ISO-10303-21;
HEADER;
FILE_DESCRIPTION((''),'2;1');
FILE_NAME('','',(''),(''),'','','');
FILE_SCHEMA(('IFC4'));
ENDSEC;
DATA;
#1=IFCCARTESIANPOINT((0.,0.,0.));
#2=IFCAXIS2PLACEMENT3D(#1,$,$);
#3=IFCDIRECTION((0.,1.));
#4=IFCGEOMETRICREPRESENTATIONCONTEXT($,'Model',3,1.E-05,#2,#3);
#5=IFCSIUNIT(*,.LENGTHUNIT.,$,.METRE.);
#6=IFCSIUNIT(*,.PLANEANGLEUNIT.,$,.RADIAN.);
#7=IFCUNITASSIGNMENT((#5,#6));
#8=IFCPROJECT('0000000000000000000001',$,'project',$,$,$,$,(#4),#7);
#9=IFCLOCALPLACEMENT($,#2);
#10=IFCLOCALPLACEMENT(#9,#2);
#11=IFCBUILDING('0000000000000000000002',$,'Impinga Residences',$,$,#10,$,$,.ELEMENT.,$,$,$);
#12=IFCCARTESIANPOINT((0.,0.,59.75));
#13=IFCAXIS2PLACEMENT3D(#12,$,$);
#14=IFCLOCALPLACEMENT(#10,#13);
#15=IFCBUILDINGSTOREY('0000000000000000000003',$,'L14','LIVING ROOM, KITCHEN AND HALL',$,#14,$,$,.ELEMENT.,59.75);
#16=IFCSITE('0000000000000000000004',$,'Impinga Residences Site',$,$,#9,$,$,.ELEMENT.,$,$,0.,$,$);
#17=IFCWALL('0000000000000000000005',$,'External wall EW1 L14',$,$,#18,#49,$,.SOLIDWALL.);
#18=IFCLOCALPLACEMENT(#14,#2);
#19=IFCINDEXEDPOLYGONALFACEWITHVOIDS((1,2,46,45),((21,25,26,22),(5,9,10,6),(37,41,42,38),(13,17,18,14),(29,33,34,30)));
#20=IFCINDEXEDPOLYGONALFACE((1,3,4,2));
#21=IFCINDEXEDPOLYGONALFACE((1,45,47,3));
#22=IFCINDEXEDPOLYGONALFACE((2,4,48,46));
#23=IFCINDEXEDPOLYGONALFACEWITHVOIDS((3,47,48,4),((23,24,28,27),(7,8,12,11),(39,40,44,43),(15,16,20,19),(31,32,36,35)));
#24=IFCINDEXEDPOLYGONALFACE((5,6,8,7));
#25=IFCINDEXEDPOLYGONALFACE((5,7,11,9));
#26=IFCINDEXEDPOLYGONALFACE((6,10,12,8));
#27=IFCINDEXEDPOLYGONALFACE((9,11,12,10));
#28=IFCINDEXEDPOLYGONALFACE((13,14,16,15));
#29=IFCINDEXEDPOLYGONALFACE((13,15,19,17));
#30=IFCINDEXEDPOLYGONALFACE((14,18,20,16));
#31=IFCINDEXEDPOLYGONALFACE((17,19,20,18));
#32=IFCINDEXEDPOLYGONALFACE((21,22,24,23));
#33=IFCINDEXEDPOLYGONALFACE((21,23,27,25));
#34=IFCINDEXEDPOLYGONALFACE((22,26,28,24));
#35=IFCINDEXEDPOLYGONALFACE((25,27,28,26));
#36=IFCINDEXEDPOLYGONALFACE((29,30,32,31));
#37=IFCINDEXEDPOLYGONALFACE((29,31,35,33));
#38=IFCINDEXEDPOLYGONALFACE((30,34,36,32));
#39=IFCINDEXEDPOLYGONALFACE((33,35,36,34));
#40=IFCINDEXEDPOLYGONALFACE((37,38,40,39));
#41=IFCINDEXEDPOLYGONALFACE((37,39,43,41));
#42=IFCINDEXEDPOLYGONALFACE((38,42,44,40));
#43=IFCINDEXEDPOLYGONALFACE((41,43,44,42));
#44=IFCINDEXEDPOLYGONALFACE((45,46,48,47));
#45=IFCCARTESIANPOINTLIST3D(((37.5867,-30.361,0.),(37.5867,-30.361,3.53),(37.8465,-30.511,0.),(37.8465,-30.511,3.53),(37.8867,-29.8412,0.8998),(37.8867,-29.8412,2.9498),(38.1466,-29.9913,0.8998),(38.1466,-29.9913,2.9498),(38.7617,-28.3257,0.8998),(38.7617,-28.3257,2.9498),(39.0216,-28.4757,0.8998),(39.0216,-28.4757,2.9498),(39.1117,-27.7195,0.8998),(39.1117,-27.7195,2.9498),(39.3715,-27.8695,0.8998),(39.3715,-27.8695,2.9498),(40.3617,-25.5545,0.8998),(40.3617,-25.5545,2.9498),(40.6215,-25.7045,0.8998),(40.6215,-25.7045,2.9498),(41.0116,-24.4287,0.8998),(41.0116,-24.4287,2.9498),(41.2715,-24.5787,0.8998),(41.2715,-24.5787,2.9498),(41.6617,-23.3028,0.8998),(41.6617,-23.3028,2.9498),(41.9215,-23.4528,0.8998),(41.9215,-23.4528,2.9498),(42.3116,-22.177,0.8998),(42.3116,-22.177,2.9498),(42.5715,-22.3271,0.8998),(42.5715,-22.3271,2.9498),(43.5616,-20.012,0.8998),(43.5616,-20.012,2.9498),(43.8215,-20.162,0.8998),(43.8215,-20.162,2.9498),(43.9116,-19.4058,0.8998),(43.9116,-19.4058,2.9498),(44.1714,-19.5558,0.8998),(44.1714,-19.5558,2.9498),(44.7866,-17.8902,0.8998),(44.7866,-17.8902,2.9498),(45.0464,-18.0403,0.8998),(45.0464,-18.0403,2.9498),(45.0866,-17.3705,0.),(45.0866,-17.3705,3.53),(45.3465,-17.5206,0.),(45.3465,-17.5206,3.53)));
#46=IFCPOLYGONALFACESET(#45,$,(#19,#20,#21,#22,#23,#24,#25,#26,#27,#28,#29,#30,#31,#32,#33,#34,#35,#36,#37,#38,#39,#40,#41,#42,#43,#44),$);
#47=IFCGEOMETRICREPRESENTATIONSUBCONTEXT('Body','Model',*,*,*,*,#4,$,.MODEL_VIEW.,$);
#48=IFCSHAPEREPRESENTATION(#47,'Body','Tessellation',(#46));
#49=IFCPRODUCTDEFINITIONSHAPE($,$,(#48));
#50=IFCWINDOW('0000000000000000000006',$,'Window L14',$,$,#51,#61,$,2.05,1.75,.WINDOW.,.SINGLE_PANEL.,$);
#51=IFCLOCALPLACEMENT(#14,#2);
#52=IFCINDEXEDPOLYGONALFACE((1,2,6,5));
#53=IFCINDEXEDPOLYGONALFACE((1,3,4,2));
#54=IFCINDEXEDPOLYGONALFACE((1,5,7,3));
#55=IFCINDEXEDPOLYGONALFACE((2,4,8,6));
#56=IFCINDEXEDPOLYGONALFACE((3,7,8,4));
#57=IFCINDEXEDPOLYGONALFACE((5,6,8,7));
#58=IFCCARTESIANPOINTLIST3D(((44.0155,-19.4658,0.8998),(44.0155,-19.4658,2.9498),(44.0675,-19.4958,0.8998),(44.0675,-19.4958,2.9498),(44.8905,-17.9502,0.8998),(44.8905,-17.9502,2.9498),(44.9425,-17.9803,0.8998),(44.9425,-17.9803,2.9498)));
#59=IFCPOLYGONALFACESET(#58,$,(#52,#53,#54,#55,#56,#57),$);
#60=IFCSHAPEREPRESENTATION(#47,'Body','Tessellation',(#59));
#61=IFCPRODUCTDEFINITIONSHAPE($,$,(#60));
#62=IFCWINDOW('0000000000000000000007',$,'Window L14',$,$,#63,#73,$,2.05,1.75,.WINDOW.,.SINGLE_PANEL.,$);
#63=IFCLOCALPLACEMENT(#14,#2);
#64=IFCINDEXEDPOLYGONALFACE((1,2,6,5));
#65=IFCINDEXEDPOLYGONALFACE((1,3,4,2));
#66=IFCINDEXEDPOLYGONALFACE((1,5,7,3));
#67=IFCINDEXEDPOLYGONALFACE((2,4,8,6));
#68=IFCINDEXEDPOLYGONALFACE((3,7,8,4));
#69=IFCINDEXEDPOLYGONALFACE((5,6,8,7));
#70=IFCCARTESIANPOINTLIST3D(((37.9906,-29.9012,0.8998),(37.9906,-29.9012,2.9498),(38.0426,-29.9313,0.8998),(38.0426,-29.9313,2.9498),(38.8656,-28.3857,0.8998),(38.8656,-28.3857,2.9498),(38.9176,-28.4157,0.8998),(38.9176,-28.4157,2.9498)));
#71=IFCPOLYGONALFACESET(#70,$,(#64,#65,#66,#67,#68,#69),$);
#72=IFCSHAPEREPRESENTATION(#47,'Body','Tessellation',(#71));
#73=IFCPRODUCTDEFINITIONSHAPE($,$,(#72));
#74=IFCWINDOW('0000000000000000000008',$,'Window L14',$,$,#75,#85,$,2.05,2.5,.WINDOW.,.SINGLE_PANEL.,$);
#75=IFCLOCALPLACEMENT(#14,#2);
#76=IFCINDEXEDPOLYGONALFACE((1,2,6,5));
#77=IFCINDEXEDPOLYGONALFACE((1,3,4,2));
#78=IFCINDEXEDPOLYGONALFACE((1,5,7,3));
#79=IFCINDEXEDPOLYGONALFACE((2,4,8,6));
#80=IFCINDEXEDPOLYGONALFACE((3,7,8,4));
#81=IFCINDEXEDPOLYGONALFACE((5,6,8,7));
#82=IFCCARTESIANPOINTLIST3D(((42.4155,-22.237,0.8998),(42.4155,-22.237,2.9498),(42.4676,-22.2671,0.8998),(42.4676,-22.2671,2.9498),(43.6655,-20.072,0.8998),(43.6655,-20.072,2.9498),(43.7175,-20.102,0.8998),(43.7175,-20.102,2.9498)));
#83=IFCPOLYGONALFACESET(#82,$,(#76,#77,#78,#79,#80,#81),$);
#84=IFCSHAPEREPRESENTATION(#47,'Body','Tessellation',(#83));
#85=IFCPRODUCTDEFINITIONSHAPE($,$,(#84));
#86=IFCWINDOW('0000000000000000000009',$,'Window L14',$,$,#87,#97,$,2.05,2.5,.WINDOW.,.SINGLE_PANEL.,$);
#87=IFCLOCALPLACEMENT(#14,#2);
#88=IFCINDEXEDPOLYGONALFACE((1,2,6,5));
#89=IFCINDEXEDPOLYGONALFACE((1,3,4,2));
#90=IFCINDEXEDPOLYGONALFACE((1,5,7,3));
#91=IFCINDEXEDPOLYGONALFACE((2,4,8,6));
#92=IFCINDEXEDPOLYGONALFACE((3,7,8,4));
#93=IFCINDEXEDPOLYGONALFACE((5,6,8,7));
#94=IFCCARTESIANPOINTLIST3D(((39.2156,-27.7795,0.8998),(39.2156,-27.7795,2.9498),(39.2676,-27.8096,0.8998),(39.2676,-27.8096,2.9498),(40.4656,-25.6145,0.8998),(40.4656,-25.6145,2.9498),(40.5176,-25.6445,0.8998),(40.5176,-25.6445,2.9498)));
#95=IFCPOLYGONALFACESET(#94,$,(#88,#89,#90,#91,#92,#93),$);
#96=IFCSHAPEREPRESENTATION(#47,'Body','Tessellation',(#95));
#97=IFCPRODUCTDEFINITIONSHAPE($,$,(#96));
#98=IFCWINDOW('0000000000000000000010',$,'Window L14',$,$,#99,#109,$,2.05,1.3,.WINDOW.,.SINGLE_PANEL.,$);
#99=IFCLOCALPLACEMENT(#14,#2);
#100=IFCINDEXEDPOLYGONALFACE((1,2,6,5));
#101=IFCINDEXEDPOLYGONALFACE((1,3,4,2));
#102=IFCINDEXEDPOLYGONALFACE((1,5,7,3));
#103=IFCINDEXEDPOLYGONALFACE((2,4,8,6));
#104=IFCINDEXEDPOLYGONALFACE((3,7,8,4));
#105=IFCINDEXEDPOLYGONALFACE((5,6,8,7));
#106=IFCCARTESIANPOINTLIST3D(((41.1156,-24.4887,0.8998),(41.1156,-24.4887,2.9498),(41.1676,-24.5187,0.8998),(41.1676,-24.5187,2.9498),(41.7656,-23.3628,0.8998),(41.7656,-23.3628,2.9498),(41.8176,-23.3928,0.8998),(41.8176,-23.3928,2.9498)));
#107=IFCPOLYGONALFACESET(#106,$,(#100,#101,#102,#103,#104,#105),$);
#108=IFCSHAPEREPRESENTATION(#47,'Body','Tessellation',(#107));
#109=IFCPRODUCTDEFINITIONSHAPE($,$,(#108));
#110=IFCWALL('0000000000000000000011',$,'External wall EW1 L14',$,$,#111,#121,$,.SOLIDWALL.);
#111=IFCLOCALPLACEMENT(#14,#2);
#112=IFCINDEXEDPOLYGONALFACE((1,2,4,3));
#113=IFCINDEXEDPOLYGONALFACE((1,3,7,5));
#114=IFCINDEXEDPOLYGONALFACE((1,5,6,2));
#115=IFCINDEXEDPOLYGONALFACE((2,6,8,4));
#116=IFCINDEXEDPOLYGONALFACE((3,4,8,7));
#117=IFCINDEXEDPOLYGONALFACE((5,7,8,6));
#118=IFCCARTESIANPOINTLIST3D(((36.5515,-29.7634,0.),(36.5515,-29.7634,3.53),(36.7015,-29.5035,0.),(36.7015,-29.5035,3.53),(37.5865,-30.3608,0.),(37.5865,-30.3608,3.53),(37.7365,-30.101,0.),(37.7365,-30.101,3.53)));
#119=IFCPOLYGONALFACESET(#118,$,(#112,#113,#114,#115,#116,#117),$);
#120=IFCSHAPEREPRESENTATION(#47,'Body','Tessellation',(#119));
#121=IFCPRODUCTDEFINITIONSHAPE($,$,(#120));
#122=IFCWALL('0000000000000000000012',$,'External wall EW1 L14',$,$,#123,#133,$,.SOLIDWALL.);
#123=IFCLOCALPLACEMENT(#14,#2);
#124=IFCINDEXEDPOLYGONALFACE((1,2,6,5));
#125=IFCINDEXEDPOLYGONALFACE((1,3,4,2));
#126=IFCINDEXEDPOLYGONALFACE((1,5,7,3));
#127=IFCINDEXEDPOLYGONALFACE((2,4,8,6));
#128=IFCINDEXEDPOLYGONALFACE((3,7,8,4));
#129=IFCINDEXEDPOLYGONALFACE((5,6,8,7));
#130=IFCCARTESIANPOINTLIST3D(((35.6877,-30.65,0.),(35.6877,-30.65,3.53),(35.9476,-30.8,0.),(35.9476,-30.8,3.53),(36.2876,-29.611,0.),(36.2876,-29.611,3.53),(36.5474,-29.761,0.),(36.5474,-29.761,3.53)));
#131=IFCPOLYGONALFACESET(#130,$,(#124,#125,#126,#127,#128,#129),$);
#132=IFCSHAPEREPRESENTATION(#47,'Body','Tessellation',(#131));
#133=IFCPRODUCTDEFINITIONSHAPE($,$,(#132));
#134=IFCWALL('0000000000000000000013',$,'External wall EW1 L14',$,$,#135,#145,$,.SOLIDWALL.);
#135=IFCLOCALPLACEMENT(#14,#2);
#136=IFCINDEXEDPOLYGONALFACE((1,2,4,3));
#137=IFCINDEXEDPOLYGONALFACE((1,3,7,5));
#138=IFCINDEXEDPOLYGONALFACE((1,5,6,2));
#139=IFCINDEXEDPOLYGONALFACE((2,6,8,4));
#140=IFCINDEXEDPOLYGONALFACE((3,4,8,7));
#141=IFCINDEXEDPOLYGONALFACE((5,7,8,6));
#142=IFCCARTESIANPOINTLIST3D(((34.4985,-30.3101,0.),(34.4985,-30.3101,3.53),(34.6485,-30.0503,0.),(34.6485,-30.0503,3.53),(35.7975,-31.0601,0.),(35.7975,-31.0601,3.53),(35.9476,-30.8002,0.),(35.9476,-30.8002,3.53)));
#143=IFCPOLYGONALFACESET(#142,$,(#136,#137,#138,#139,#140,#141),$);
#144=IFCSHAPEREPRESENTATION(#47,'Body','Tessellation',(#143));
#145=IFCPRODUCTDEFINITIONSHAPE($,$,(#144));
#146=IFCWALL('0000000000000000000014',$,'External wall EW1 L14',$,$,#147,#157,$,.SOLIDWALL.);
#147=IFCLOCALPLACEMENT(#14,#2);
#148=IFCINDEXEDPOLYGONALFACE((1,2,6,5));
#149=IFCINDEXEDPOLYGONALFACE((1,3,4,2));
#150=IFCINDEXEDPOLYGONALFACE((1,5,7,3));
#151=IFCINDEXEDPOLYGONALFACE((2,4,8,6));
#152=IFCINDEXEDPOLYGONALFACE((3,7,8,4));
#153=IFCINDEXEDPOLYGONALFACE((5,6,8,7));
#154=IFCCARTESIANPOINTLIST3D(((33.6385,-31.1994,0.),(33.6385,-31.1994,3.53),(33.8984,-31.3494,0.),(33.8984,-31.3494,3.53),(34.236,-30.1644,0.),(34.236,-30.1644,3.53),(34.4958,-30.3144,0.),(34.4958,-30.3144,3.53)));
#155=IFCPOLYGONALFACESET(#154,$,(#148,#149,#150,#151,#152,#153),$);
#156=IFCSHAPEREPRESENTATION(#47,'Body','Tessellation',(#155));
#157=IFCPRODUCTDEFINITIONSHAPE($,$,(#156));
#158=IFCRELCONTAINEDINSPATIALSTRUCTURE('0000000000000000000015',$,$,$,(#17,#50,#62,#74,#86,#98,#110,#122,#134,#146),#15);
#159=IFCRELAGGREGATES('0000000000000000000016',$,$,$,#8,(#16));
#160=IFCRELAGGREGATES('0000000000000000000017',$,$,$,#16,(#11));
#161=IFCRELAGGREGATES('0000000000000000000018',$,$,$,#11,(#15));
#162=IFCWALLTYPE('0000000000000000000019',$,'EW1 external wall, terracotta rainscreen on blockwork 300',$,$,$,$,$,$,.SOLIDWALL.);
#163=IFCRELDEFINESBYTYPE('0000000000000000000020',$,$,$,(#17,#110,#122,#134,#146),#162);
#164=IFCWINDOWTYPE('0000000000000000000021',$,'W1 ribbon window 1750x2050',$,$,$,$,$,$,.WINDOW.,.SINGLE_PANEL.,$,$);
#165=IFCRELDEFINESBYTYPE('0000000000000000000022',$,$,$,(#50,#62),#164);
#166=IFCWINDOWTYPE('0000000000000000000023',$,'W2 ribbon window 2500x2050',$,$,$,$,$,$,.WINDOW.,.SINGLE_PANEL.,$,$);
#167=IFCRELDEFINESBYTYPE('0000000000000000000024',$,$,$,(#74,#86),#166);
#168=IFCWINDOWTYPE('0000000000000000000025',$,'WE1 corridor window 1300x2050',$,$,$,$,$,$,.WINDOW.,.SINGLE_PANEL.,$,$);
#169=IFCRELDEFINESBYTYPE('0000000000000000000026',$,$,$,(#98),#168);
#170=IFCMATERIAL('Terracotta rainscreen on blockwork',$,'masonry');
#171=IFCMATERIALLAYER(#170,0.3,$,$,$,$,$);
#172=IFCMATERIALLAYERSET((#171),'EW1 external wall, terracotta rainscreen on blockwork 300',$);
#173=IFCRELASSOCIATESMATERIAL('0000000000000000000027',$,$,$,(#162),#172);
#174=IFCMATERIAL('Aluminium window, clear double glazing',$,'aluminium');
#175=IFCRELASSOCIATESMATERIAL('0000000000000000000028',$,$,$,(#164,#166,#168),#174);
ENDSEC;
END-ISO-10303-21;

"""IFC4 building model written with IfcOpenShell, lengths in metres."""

from ifc_helpers import new_model, si_unit, direction, frame, frame_2d, origin, place, context, subcontext, project, spatial, rectangle, extrude, material, layer, layer_set, type_object, element, fill, save


model = new_model("IFC4")

# Units and contexts
model_context = context("Model", 3, precision=1e-05, world=origin(), true_north=direction((0.0, 1.0)))
body_context = subcontext(model_context, "Body", "Model", "MODEL_VIEW")
ifc_project = project(units=[si_unit("LENGTHUNIT", "METRE"), si_unit("PLANEANGLEUNIT", "RADIAN")], contexts=[model_context])

# Site, building, storey
site_placement = place(None, origin())
site = spatial("IfcSite", under=ifc_project, at=site_placement, Name="Impinga Residences Site", CompositionType="ELEMENT", RefElevation=0.0)
building_placement = place(site_placement, origin())
building = spatial("IfcBuilding", under=site, at=building_placement, Name="Impinga Residences", CompositionType="ELEMENT")
storey_placement = place(building_placement, frame((0.0, 0.0, 59.75)))
storey = spatial("IfcBuildingStorey", under=building, at=storey_placement, Name="L14", Description="LIVING ROOM, KITCHEN AND HALL", CompositionType="ELEMENT", Elevation=59.75)

# Shared definitions
ifc_material_1 = material(Name="Terracotta rainscreen on blockwork", Category="masonry")
ifc_layer_1 = layer(ifc_material_1, 0.3)
ifc_layer_set_1 = layer_set([ifc_layer_1], Name="EW1 external wall, terracotta rainscreen on blockwork 300")
wall_type_1 = type_object("IfcWallType", Name="EW1 external wall, terracotta rainscreen on blockwork 300", PredefinedType="SOLIDWALL", material=ifc_layer_set_1)

# Wall, openings, windows
wall_1_placement = place(storey_placement, frame((45.2166, -17.4456, 0.0), z_axis=(0.0, 0.0, 1.0), x_axis=(-0.499997, -0.866027, 0.0)))
wall_1 = element("IfcWall", 1, at=wall_1_placement, inside=storey, type_object=wall_type_1, Name="External wall EW1 L14", PredefinedType="SOLIDWALL", context=body_context, shape_type="SweptSolid", body=[
    extrude(rectangle(XDim=15.0, YDim=0.3, at=frame_2d((7.5, 0.0))), origin(), (0.0, 0.0, 1.0), 3.53),
])
opening_1_placement = place(wall_1_placement, frame((0.6001, 0.0, 0.8999)))
opening_1 = element("IfcOpeningElement", 2, at=opening_1_placement, cuts=wall_1, PredefinedType="OPENING", context=body_context, shape_type="SweptSolid", body=[
    extrude(rectangle(XDim=1.75, YDim=2.05, at=frame_2d((0.875, 1.0249))), frame((0.0, 0.1599, 0.0), z_axis=(0.0, -1.0, 0.0), x_axis=(1.0, 0.0, 0.0)), (0.0, 0.0, 1.0), 0.3201),
])
opening_2_placement = place(wall_1_placement, frame((3.05, 0.0, 0.8999)))
opening_2 = element("IfcOpeningElement", 3, at=opening_2_placement, cuts=wall_1, PredefinedType="OPENING", context=body_context, shape_type="SweptSolid", body=[
    extrude(rectangle(XDim=2.5, YDim=2.05, at=frame_2d((1.25, 1.0249))), frame((0.0, 0.1599, 0.0), z_axis=(0.0, -1.0, 0.0), x_axis=(1.0, 0.0, 0.0)), (0.0, 0.0, 1.0), 0.3201),
])
opening_3_placement = place(wall_1_placement, frame((6.8501, 0.0, 0.8999)))
opening_3 = element("IfcOpeningElement", 4, at=opening_3_placement, cuts=wall_1, PredefinedType="OPENING", context=body_context, shape_type="SweptSolid", body=[
    extrude(rectangle(XDim=1.3, YDim=2.05, at=frame_2d((0.6499, 1.0249))), frame((0.0, 0.1599, 0.0), z_axis=(0.0, -1.0, 0.0), x_axis=(1.0, 0.0, 0.0)), (0.0, 0.0, 1.0), 0.3201),
])
opening_4_placement = place(wall_1_placement, frame((9.45, 0.0, 0.8999)))
opening_4 = element("IfcOpeningElement", 5, at=opening_4_placement, cuts=wall_1, PredefinedType="OPENING", context=body_context, shape_type="SweptSolid", body=[
    extrude(rectangle(XDim=2.5, YDim=2.05, at=frame_2d((1.25, 1.0249))), frame((0.0, 0.1599, 0.0), z_axis=(0.0, -1.0, 0.0), x_axis=(1.0, 0.0, 0.0)), (0.0, 0.0, 1.0), 0.3201),
])
opening_5_placement = place(wall_1_placement, frame((12.6499, 0.0, 0.8999)))
opening_5 = element("IfcOpeningElement", 6, at=opening_5_placement, cuts=wall_1, PredefinedType="OPENING", context=body_context, shape_type="SweptSolid", body=[
    extrude(rectangle(XDim=1.75, YDim=2.05, at=frame_2d((0.875, 1.0249))), frame((0.0, 0.1599, 0.0), z_axis=(0.0, -1.0, 0.0), x_axis=(1.0, 0.0, 0.0)), (0.0, 0.0, 1.0), 0.3201),
])
ifc_material_2 = material(Name="Aluminium window, clear double glazing", Category="aluminium")
window_type_1 = type_object("IfcWindowType", Name="W1 ribbon window 1750x2050", PartitioningType="SINGLE_PANEL", PredefinedType="WINDOW", material=ifc_material_2)
window_1_placement = place(opening_1_placement, origin())
window_1 = element("IfcWindow", 7, at=window_1_placement, inside=storey, type_object=window_type_1, Name="Window L14", OverallHeight=2.05, OverallWidth=1.75, PartitioningType="SINGLE_PANEL", PredefinedType="WINDOW", context=body_context, shape_type="SweptSolid", body=[
    extrude(rectangle(XDim=1.75, YDim=2.05, at=frame_2d((0.875, 1.0249))), frame((0.0, 0.03, 0.0), z_axis=(0.0, -1.0, 0.0), x_axis=(1.0, 0.0, 0.0)), (0.0, 0.0, 1.0), 0.0601),
])
fill(opening_1, window_1)
window_2_placement = place(opening_5_placement, origin())
window_2 = element("IfcWindow", 8, at=window_2_placement, inside=storey, type_object=window_type_1, Name="Window L14", OverallHeight=2.05, OverallWidth=1.75, PartitioningType="SINGLE_PANEL", PredefinedType="WINDOW", context=body_context, shape_type="SweptSolid", body=[
    extrude(rectangle(XDim=1.75, YDim=2.05, at=frame_2d((0.875, 1.0249))), frame((0.0, 0.03, 0.0), z_axis=(0.0, -1.0, 0.0), x_axis=(1.0, 0.0, 0.0)), (0.0, 0.0, 1.0), 0.0601),
])
fill(opening_5, window_2)
window_type_2 = type_object("IfcWindowType", Name="W2 ribbon window 2500x2050", PartitioningType="SINGLE_PANEL", PredefinedType="WINDOW", material=ifc_material_2)
window_3_placement = place(opening_2_placement, origin())
window_3 = element("IfcWindow", 9, at=window_3_placement, inside=storey, type_object=window_type_2, Name="Window L14", OverallHeight=2.05, OverallWidth=2.5, PartitioningType="SINGLE_PANEL", PredefinedType="WINDOW", context=body_context, shape_type="SweptSolid", body=[
    extrude(rectangle(XDim=2.5, YDim=2.05, at=frame_2d((1.25, 1.0249))), frame((0.0, 0.03, 0.0), z_axis=(0.0, -1.0, 0.0), x_axis=(1.0, 0.0, 0.0)), (0.0, 0.0, 1.0), 0.0601),
])
fill(opening_2, window_3)
window_4_placement = place(opening_4_placement, origin())
window_4 = element("IfcWindow", 10, at=window_4_placement, inside=storey, type_object=window_type_2, Name="Window L14", OverallHeight=2.05, OverallWidth=2.5, PartitioningType="SINGLE_PANEL", PredefinedType="WINDOW", context=body_context, shape_type="SweptSolid", body=[
    extrude(rectangle(XDim=2.5, YDim=2.05, at=frame_2d((1.25, 1.0249))), frame((0.0, 0.03, 0.0), z_axis=(0.0, -1.0, 0.0), x_axis=(1.0, 0.0, 0.0)), (0.0, 0.0, 1.0), 0.0601),
])
fill(opening_4, window_4)
window_type_3 = type_object("IfcWindowType", Name="WE1 corridor window 1300x2050", PartitioningType="SINGLE_PANEL", PredefinedType="WINDOW", material=ifc_material_2)
window_5_placement = place(opening_3_placement, origin())
window_5 = element("IfcWindow", 11, at=window_5_placement, inside=storey, type_object=window_type_3, Name="Window L14", OverallHeight=2.05, OverallWidth=1.3, PartitioningType="SINGLE_PANEL", PredefinedType="WINDOW", context=body_context, shape_type="SweptSolid", body=[
    extrude(rectangle(XDim=1.3, YDim=2.05, at=frame_2d((0.6499, 1.0249))), frame((0.0, 0.03, 0.0), z_axis=(0.0, -1.0, 0.0), x_axis=(1.0, 0.0, 0.0)), (0.0, 0.0, 1.0), 0.0601),
])
fill(opening_3, window_5)

# Walls
wall_2_placement = place(storey_placement, frame((37.6616, -30.231, 0.0), z_axis=(0.0, 0.0, 1.0), x_axis=(-0.86606, 0.499941, 0.0)))
element("IfcWall", 12, at=wall_2_placement, inside=storey, type_object=wall_type_1, Name="External wall EW1 L14", PredefinedType="SOLIDWALL", context=body_context, shape_type="SweptSolid", body=[
    extrude(rectangle(XDim=1.1951, YDim=0.3, at=frame_2d((0.5977, 0.0))), origin(), (0.0, 0.0, 1.0), 3.53),
])
wall_3_placement = place(storey_placement, frame((36.4175, -29.686, 0.0), z_axis=(0.0, 0.0, 1.0), x_axis=(-0.499969, -0.866043, 0.0)))
element("IfcWall", 13, at=wall_3_placement, inside=storey, type_object=wall_type_1, Name="External wall EW1 L14", PredefinedType="SOLIDWALL", context=body_context, shape_type="SweptSolid", body=[
    extrude(rectangle(XDim=1.1997, YDim=0.3, at=frame_2d((0.5999, 0.0))), origin(), (0.0, 0.0, 1.0), 3.53),
])
wall_4_placement = place(storey_placement, frame((35.8726, -30.9302, 0.0), z_axis=(0.0, 0.0, 1.0), x_axis=(-0.866031, 0.49999, 0.0)))
element("IfcWall", 14, at=wall_4_placement, inside=storey, type_object=wall_type_1, Name="External wall EW1 L14", PredefinedType="SOLIDWALL", context=body_context, shape_type="SweptSolid", body=[
    extrude(rectangle(XDim=1.5, YDim=0.3, at=frame_2d((0.75, 0.0))), origin(), (0.0, 0.0, 1.0), 3.53),
])
wall_5_placement = place(storey_placement, frame((34.366, -30.2393, 0.0), z_axis=(0.0, 0.0, 1.0), x_axis=(-0.499941, -0.86606, 0.0)))
element("IfcWall", 15, at=wall_5_placement, inside=storey, type_object=wall_type_1, Name="External wall EW1 L14", PredefinedType="SOLIDWALL", context=body_context, shape_type="SweptSolid", body=[
    extrude(rectangle(XDim=1.1951, YDim=0.3, at=frame_2d((0.5977, 0.0))), origin(), (0.0, 0.0, 1.0), 3.53),
])

save(model, "model.ifc")
